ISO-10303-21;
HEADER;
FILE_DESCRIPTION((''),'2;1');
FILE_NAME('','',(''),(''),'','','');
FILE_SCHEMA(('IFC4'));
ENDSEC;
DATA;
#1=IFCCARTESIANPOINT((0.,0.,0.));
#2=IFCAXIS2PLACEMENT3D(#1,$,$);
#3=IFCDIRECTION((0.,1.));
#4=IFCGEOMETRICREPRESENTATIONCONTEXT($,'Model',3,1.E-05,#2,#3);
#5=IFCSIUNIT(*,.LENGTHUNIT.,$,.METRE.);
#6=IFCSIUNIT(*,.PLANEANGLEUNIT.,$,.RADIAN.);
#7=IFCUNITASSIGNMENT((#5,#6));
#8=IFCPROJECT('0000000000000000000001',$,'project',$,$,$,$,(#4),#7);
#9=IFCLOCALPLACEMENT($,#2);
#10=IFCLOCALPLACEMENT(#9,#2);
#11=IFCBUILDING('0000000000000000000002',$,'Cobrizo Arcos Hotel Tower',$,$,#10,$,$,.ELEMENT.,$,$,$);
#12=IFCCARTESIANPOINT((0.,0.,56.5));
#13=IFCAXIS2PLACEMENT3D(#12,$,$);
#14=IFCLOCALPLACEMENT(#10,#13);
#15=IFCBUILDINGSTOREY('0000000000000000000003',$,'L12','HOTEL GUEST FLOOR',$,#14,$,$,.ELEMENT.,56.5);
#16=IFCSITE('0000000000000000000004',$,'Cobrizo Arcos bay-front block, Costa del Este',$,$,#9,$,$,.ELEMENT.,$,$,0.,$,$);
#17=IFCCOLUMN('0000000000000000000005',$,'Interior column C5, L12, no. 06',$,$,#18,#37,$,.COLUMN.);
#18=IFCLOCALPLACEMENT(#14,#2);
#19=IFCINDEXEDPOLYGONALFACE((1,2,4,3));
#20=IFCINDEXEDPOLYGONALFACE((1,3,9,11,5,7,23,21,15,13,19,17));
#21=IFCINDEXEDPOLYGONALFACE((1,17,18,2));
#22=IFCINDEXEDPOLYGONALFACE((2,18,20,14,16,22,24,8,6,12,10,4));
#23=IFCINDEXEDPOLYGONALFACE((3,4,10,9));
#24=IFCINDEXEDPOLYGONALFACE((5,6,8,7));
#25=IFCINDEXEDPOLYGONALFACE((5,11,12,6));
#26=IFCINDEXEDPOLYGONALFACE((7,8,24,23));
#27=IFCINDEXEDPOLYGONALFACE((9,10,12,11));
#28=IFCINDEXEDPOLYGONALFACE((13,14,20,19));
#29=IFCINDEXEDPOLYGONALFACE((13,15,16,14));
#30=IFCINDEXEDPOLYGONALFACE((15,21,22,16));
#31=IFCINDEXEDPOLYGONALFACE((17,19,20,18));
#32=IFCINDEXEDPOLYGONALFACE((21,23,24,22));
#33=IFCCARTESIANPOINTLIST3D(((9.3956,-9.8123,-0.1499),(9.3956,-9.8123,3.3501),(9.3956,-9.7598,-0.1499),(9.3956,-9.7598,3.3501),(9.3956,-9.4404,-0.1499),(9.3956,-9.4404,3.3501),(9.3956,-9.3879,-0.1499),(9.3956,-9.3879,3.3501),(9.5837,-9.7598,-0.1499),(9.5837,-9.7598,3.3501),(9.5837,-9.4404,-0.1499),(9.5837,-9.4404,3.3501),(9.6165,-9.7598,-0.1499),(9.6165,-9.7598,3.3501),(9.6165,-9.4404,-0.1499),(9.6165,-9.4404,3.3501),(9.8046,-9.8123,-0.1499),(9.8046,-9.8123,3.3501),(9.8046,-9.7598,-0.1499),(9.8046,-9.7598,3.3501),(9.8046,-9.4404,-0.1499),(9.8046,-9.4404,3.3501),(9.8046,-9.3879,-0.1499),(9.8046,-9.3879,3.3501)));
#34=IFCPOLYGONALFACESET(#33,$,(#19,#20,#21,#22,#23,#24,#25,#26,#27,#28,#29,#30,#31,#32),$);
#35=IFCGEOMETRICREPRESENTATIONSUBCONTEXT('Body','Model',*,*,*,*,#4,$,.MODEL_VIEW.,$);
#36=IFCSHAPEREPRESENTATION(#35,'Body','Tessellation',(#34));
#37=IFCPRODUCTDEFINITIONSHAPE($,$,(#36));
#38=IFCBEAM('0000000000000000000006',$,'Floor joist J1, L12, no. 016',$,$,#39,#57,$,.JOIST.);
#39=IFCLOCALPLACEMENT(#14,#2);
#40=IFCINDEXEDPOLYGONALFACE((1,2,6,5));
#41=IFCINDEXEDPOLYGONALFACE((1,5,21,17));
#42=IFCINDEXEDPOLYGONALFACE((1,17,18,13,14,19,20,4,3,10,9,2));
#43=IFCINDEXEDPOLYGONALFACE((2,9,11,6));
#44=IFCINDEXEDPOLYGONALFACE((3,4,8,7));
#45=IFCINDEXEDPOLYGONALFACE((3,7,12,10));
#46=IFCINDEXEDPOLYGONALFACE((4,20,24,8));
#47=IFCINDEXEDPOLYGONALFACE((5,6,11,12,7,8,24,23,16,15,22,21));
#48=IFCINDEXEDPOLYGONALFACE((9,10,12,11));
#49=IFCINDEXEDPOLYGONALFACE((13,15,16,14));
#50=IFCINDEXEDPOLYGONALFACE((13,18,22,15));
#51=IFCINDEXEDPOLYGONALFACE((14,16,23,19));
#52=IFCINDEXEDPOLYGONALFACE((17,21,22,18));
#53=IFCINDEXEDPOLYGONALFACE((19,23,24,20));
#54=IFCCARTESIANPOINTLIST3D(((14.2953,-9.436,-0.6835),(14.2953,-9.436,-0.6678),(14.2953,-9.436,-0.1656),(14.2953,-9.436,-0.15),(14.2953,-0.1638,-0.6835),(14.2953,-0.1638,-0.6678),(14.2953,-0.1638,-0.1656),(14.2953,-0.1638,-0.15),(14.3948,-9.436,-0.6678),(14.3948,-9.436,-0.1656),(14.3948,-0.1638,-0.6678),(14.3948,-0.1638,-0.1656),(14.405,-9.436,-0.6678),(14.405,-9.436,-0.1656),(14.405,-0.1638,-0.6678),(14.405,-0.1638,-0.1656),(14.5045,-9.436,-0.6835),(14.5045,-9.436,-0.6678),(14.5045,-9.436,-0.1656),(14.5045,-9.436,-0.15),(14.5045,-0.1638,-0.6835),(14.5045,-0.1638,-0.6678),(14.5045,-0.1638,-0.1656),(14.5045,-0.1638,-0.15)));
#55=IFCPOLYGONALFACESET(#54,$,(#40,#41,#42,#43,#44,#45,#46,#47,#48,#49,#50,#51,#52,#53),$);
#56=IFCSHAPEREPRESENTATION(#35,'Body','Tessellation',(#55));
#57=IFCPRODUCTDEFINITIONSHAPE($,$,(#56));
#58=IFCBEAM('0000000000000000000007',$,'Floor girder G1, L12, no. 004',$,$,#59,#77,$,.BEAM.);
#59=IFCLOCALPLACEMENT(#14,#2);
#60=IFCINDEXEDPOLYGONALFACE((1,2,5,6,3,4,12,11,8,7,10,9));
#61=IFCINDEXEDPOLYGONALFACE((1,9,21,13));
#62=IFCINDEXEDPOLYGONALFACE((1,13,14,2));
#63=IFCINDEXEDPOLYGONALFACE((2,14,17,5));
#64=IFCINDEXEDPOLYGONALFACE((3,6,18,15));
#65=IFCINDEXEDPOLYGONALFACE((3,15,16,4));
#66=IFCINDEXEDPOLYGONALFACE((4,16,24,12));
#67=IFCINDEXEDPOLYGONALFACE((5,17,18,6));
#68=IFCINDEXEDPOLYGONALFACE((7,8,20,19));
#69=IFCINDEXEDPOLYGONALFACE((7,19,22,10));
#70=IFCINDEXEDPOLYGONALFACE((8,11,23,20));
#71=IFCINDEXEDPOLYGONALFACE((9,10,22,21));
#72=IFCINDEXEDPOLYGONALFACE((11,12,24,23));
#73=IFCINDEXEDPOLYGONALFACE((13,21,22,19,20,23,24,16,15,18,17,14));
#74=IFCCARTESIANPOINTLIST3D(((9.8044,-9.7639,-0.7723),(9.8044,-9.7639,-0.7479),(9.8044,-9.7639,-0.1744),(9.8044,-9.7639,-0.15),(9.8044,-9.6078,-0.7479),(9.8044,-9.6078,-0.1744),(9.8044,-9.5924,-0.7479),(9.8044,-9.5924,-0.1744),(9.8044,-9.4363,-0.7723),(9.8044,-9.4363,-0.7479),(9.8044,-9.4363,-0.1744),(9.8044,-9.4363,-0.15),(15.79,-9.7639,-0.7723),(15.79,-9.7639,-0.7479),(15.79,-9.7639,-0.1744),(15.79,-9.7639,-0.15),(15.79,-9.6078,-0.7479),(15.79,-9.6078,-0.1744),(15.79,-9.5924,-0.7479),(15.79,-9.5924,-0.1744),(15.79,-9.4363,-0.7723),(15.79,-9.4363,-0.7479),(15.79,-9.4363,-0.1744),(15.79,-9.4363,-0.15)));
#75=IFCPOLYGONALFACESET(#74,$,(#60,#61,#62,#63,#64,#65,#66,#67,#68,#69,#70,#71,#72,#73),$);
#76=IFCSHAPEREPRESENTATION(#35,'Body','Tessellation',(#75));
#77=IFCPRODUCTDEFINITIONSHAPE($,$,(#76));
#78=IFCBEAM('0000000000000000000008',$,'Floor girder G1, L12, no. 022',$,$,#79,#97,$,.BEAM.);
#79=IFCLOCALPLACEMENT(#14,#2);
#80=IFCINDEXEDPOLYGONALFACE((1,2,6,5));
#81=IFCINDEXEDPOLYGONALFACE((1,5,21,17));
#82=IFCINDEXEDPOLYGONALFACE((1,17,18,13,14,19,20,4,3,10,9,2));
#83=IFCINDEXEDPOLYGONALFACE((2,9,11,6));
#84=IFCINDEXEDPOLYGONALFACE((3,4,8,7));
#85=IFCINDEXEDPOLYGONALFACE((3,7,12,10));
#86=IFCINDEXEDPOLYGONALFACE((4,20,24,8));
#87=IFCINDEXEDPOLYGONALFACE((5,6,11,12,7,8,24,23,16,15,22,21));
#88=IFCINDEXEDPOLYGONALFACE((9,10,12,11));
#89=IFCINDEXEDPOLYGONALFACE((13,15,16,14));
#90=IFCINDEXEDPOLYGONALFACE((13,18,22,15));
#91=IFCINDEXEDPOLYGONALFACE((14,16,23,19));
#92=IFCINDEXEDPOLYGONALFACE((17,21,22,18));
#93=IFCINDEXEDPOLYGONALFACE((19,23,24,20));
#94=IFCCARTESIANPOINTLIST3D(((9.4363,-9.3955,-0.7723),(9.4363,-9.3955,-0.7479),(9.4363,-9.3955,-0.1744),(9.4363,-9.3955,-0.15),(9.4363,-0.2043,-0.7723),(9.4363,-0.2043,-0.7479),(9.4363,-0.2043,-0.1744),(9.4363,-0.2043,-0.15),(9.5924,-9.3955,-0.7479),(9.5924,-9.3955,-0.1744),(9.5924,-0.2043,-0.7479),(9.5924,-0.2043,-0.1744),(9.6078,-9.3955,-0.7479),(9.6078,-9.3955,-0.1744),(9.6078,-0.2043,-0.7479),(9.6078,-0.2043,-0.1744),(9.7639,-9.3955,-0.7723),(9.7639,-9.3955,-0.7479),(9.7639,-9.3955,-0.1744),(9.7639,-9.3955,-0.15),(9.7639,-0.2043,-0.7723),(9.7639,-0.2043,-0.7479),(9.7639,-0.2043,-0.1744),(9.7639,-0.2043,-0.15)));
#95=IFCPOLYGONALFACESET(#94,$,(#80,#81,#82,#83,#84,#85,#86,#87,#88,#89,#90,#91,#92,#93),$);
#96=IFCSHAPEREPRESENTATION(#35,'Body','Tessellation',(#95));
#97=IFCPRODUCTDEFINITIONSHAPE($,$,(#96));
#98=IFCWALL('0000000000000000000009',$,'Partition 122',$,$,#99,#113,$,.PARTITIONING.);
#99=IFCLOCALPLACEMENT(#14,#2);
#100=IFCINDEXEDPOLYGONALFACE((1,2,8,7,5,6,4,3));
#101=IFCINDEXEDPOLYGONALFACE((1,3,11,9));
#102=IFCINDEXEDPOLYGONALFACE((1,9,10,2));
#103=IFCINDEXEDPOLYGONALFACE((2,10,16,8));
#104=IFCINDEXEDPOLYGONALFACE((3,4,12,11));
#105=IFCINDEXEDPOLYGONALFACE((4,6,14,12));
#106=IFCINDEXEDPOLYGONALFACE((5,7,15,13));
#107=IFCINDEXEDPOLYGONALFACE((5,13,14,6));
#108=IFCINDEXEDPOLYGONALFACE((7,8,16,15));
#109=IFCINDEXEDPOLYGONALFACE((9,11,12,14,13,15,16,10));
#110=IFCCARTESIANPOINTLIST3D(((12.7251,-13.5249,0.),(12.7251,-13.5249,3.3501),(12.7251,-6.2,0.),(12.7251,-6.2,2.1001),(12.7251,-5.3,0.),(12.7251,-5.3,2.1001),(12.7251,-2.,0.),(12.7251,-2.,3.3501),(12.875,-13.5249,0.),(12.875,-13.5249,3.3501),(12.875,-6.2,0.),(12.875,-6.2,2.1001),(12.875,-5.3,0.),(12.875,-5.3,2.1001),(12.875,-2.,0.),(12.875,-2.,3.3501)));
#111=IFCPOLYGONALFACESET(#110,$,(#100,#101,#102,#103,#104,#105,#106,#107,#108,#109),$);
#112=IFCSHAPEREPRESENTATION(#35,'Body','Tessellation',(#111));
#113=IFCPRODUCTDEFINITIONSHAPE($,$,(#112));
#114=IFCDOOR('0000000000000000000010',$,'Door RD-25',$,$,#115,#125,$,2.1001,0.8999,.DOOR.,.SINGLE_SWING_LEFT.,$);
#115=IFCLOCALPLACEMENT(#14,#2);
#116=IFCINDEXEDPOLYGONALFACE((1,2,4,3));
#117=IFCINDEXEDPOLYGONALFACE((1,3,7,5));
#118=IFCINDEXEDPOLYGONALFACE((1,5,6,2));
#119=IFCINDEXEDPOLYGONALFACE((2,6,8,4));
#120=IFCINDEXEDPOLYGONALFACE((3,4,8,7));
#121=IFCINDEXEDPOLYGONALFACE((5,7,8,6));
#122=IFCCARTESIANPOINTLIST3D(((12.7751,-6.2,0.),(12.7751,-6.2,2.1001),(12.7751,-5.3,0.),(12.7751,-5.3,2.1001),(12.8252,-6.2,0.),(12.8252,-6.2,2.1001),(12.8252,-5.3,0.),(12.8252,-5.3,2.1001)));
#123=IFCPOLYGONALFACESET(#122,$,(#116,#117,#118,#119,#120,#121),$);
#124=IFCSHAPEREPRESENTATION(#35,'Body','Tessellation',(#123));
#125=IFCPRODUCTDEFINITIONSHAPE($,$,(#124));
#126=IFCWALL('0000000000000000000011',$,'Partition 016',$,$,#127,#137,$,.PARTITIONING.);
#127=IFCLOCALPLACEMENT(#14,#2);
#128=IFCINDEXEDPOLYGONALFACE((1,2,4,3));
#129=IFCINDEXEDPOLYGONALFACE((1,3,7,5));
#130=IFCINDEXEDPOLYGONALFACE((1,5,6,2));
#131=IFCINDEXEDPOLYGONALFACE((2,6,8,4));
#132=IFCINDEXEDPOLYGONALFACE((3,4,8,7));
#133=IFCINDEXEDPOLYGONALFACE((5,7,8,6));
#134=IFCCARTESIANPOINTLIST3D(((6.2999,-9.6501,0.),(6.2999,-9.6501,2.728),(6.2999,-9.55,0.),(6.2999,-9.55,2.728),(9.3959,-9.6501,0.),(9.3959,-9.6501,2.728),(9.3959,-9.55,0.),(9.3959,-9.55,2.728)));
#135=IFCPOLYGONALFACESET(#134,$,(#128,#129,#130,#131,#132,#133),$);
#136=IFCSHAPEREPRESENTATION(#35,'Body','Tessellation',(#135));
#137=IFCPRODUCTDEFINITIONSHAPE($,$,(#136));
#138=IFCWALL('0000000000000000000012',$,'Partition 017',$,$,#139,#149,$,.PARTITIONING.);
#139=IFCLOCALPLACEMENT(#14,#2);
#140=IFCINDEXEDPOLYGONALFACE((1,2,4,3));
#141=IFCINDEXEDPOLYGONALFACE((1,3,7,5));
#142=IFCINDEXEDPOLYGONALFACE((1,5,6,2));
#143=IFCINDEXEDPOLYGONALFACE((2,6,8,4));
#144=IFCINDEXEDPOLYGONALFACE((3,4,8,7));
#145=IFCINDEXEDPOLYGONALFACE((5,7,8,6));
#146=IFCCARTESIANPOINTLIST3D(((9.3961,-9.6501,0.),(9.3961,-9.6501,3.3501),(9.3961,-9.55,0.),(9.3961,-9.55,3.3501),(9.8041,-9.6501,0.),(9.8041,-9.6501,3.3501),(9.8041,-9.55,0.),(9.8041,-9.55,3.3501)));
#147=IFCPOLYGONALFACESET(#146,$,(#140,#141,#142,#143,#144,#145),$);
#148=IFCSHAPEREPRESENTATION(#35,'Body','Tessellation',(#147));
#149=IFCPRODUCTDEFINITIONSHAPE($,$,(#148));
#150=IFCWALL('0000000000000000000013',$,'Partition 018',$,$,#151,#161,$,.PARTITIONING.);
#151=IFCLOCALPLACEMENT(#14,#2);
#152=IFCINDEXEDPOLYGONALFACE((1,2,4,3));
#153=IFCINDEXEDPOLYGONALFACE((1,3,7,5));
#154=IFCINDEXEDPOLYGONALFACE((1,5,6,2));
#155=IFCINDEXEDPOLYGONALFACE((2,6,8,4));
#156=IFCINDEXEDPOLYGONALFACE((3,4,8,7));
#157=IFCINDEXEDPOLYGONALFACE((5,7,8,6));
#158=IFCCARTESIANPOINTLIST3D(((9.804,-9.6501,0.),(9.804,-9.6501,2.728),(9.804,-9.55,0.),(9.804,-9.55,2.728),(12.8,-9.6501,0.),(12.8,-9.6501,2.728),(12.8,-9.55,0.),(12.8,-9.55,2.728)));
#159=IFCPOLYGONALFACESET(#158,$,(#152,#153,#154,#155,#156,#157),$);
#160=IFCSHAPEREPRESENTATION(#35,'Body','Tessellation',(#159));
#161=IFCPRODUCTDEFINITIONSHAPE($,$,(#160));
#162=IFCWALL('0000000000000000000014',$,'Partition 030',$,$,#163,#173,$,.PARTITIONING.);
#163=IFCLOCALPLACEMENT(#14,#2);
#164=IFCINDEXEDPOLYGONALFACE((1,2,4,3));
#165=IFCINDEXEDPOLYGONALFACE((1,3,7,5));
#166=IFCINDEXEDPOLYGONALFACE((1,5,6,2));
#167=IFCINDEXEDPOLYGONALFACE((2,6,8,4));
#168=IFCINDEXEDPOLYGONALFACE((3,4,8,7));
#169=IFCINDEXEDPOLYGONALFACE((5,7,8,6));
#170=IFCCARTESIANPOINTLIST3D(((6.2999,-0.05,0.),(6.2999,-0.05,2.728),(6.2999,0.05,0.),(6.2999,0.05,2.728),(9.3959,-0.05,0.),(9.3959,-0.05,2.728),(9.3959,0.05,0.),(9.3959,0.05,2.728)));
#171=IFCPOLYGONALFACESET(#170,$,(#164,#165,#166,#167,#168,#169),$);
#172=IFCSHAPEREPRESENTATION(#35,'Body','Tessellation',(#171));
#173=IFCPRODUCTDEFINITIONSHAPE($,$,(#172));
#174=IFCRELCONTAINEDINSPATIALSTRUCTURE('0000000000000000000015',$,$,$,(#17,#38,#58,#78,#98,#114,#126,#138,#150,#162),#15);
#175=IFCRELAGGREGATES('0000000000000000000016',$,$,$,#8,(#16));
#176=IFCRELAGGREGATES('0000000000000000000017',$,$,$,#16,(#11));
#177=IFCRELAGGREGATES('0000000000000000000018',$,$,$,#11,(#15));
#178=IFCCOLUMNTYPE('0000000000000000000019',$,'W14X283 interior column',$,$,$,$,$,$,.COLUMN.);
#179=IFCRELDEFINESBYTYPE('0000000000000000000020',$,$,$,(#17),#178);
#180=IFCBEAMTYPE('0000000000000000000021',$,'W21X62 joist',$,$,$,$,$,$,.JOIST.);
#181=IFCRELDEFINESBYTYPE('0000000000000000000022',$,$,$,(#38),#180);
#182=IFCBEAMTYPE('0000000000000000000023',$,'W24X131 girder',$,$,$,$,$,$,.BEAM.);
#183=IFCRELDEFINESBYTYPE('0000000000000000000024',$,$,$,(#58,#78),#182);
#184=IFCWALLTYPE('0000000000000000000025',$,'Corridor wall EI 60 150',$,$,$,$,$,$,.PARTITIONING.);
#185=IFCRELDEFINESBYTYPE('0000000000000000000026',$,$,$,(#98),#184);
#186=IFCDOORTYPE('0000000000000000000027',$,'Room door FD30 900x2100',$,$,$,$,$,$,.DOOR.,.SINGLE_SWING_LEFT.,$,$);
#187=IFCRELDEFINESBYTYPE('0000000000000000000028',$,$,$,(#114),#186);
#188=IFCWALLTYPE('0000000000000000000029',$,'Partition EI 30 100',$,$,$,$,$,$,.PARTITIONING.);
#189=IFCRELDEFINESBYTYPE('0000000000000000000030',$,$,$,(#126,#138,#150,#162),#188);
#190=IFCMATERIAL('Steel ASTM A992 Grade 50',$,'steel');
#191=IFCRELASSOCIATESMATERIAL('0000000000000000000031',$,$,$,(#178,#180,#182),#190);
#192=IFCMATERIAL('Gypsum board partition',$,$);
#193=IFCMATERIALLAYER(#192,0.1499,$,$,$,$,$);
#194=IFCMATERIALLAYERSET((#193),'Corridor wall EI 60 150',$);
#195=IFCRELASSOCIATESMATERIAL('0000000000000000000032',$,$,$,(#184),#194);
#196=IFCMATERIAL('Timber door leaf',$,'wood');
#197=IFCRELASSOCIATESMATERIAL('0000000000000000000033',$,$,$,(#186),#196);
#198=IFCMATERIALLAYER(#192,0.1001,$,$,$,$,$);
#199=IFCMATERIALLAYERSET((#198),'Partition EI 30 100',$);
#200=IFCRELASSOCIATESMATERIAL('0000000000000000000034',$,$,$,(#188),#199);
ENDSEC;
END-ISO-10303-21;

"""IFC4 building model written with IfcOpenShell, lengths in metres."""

from ifc_helpers import new_model, si_unit, direction, frame, frame_2d, origin, origin_2d, place, context, subcontext, project, spatial, rectangle, i_section, extrude, material, layer, layer_set, material_profile, profile_set, type_object, element, fill, save


model = new_model("IFC4")

# Units and contexts
model_context = context("Model", 3, precision=1e-05, world=origin(), true_north=direction((0.0, 1.0)))
body_context = subcontext(model_context, "Body", "Model", "MODEL_VIEW")
ifc_project = project(units=[si_unit("LENGTHUNIT", "METRE"), si_unit("PLANEANGLEUNIT", "RADIAN")], contexts=[model_context])

# Site, building, storey
site_placement = place(None, origin())
site = spatial("IfcSite", under=ifc_project, at=site_placement, Name="Cobrizo Arcos bay-front block, Costa del Este", CompositionType="ELEMENT", RefElevation=0.0)
building_placement = place(site_placement, origin())
building = spatial("IfcBuilding", under=site, at=building_placement, Name="Cobrizo Arcos Hotel Tower", CompositionType="ELEMENT")
storey_placement = place(building_placement, frame((0.0, 0.0, 56.5)))
storey = spatial("IfcBuildingStorey", under=building, at=storey_placement, Name="L12", Description="HOTEL GUEST FLOOR", CompositionType="ELEMENT", Elevation=56.5)

# Column
ifc_material_1 = material(Name="Steel ASTM A992 Grade 50", Category="steel")
ifc_material_profile_1 = material_profile(ifc_material_1, i_section(OverallWidth=0.4089, OverallDepth=0.4243, WebThickness=0.0327, FlangeThickness=0.0525, at=origin_2d()), Name="W14X283")
ifc_profile_set_1 = profile_set([ifc_material_profile_1], Name="Steel ASTM A992 Grade 50")
column_type = type_object("IfcColumnType", Name="W14X283 interior column", PredefinedType="COLUMN", material=ifc_profile_set_1)
column_placement = place(storey_placement, frame((9.6001, -9.6001, -0.1499), z_axis=(0.0, 0.0, 1.0), x_axis=(1.0, 0.0, 0.0)))
element("IfcColumn", 1, at=column_placement, inside=storey, type_object=column_type, Name="Interior column C5, L12, no. 06", PredefinedType="COLUMN", context=body_context, shape_type="SweptSolid", body=[
    extrude(i_section(OverallWidth=0.4089, OverallDepth=0.4243, WebThickness=0.0327, FlangeThickness=0.0525, at=origin_2d()), origin(), (0.0, 0.0, 1.0), 3.5),
])

# Beams
ifc_material_profile_2 = material_profile(ifc_material_1, i_section(OverallWidth=0.2092, OverallDepth=0.5334, WebThickness=0.0103, FlangeThickness=0.0156, at=origin_2d()), Name="W21X62")
ifc_profile_set_2 = profile_set([ifc_material_profile_2], Name="Steel ASTM A992 Grade 50")
beam_type_1 = type_object("IfcBeamType", Name="W21X62 joist", PredefinedType="JOIST", material=ifc_profile_set_2)
beam_1_placement = place(storey_placement, frame((14.3999, -9.436, -0.4167), z_axis=(0.0, 1.0, 0.0), x_axis=(-1.0, 0.0, 0.0)))
element("IfcBeam", 2, at=beam_1_placement, inside=storey, type_object=beam_type_1, Name="Floor joist J1, L12, no. 016", PredefinedType="JOIST", context=body_context, shape_type="SweptSolid", body=[
    extrude(i_section(OverallWidth=0.2092, OverallDepth=0.5334, WebThickness=0.0103, FlangeThickness=0.0156, at=origin_2d()), origin(), (0.0, 0.0, 1.0), 9.2722),
])
ifc_material_profile_3 = material_profile(ifc_material_1, i_section(OverallWidth=0.3276, OverallDepth=0.6223, WebThickness=0.0154, FlangeThickness=0.0244, at=origin_2d()), Name="W24X131")
ifc_profile_set_3 = profile_set([ifc_material_profile_3], Name="Steel ASTM A992 Grade 50")
beam_type_2 = type_object("IfcBeamType", Name="W24X131 girder", PredefinedType="BEAM", material=ifc_profile_set_3)
beam_2_placement = place(storey_placement, frame((9.8044, -9.6001, -0.4612), z_axis=(1.0, 0.0, 0.0), x_axis=(0.0, 1.0, 0.0)))
element("IfcBeam", 3, at=beam_2_placement, inside=storey, type_object=beam_type_2, Name="Floor girder G1, L12, no. 004", PredefinedType="BEAM", context=body_context, shape_type="SweptSolid", body=[
    extrude(i_section(OverallWidth=0.3276, OverallDepth=0.6223, WebThickness=0.0154, FlangeThickness=0.0244, at=origin_2d()), origin(), (0.0, 0.0, 1.0), 5.9856),
])
beam_3_placement = place(storey_placement, frame((9.6001, -9.3955, -0.4612), z_axis=(0.0, 1.0, 0.0), x_axis=(-1.0, 0.0, 0.0)))
element("IfcBeam", 4, at=beam_3_placement, inside=storey, type_object=beam_type_2, Name="Floor girder G1, L12, no. 022", PredefinedType="BEAM", context=body_context, shape_type="SweptSolid", body=[
    extrude(i_section(OverallWidth=0.3276, OverallDepth=0.6223, WebThickness=0.0154, FlangeThickness=0.0244, at=origin_2d()), origin(), (0.0, 0.0, 1.0), 9.1912),
])

# Wall, opening, door
ifc_material_2 = material(Name="Gypsum board partition")
ifc_layer_1 = layer(ifc_material_2, 0.1499)
ifc_layer_set_1 = layer_set([ifc_layer_1], Name="Corridor wall EI 60 150")
wall_type_1 = type_object("IfcWallType", Name="Corridor wall EI 60 150", PredefinedType="PARTITIONING", material=ifc_layer_set_1)
wall_1_placement = place(storey_placement, frame((12.8, -13.5249, 0.0), z_axis=(0.0, 0.0, 1.0), x_axis=(0.0, 1.0, 0.0)))
wall_1 = element("IfcWall", 5, at=wall_1_placement, inside=storey, type_object=wall_type_1, Name="Partition 122", PredefinedType="PARTITIONING", context=body_context, shape_type="SweptSolid", body=[
    extrude(rectangle(XDim=11.5249, YDim=0.1499, at=frame_2d((5.7625, 0.0))), origin(), (0.0, 0.0, 1.0), 3.3501),
])
opening_1_placement = place(wall_1_placement, frame((7.325, 0.0, 0.0)))
opening_1 = element("IfcOpeningElement", 6, at=opening_1_placement, cuts=wall_1, PredefinedType="OPENING", context=body_context, shape_type="SweptSolid", body=[
    extrude(rectangle(XDim=0.8999, YDim=2.1001, at=frame_2d((0.45, 1.05))), frame((0.0, 0.0869, 0.0), z_axis=(0.0, -1.0, 0.0), x_axis=(1.0, 0.0, 0.0)), (0.0, 0.0, 1.0), 0.1738),
])
ifc_material_3 = material(Name="Timber door leaf", Category="wood")
door_type_1 = type_object("IfcDoorType", Name="Room door FD30 900x2100", OperationType="SINGLE_SWING_LEFT", PredefinedType="DOOR", material=ifc_material_3)
door_1_placement = place(opening_1_placement, origin())
door_1 = element("IfcDoor", 7, at=door_1_placement, inside=storey, type_object=door_type_1, Name="Door RD-25", OperationType="SINGLE_SWING_LEFT", OverallHeight=2.1001, OverallWidth=0.8999, PredefinedType="DOOR", context=body_context, shape_type="SweptSolid", body=[
    extrude(rectangle(XDim=0.8999, YDim=2.1001, at=frame_2d((0.45, 1.05))), frame((0.0, 0.0249, 0.0), z_axis=(0.0, -1.0, 0.0), x_axis=(1.0, 0.0, 0.0)), (0.0, 0.0, 1.0), 0.05),
])
fill(opening_1, door_1)

# Walls
ifc_layer_2 = layer(ifc_material_2, 0.1001)
ifc_layer_set_2 = layer_set([ifc_layer_2], Name="Partition EI 30 100")
wall_type_2 = type_object("IfcWallType", Name="Partition EI 30 100", PredefinedType="PARTITIONING", material=ifc_layer_set_2)
wall_2_placement = place(storey_placement, frame((6.3, -9.6001, 0.0), z_axis=(0.0, 0.0, 1.0), x_axis=(1.0, 0.0, 0.0)))
element("IfcWall", 8, at=wall_2_placement, inside=storey, type_object=wall_type_2, Name="Partition 016", PredefinedType="PARTITIONING", context=body_context, shape_type="SweptSolid", body=[
    extrude(rectangle(XDim=3.0959, YDim=0.1001, at=frame_2d((1.5479, 0.0))), origin(), (0.0, 0.0, 1.0), 2.728),
])
wall_3_placement = place(storey_placement, frame((9.396, -9.6001, 0.0), z_axis=(0.0, 0.0, 1.0), x_axis=(1.0, 0.0, 0.0)))
element("IfcWall", 9, at=wall_3_placement, inside=storey, type_object=wall_type_2, Name="Partition 017", PredefinedType="PARTITIONING", context=body_context, shape_type="SweptSolid", body=[
    extrude(rectangle(XDim=0.408, YDim=0.1001, at=frame_2d((0.2041, 0.0))), origin(), (0.0, 0.0, 1.0), 3.3501),
])
wall_4_placement = place(storey_placement, frame((9.804, -9.6001, 0.0), z_axis=(0.0, 0.0, 1.0), x_axis=(1.0, 0.0, 0.0)))
element("IfcWall", 10, at=wall_4_placement, inside=storey, type_object=wall_type_2, Name="Partition 018", PredefinedType="PARTITIONING", context=body_context, shape_type="SweptSolid", body=[
    extrude(rectangle(XDim=2.9961, YDim=0.1001, at=frame_2d((1.498, 0.0))), origin(), (0.0, 0.0, 1.0), 2.728),
])
wall_5_placement = place(storey_placement, frame((6.3, 0.0, 0.0), z_axis=(0.0, 0.0, 1.0), x_axis=(1.0, 0.0, 0.0)))
element("IfcWall", 11, at=wall_5_placement, inside=storey, type_object=wall_type_2, Name="Partition 030", PredefinedType="PARTITIONING", context=body_context, shape_type="SweptSolid", body=[
    extrude(rectangle(XDim=3.0959, YDim=0.1001, at=frame_2d((1.5479, 0.0))), origin(), (0.0, 0.0, 1.0), 2.728),
])

save(model, "model.ifc")
